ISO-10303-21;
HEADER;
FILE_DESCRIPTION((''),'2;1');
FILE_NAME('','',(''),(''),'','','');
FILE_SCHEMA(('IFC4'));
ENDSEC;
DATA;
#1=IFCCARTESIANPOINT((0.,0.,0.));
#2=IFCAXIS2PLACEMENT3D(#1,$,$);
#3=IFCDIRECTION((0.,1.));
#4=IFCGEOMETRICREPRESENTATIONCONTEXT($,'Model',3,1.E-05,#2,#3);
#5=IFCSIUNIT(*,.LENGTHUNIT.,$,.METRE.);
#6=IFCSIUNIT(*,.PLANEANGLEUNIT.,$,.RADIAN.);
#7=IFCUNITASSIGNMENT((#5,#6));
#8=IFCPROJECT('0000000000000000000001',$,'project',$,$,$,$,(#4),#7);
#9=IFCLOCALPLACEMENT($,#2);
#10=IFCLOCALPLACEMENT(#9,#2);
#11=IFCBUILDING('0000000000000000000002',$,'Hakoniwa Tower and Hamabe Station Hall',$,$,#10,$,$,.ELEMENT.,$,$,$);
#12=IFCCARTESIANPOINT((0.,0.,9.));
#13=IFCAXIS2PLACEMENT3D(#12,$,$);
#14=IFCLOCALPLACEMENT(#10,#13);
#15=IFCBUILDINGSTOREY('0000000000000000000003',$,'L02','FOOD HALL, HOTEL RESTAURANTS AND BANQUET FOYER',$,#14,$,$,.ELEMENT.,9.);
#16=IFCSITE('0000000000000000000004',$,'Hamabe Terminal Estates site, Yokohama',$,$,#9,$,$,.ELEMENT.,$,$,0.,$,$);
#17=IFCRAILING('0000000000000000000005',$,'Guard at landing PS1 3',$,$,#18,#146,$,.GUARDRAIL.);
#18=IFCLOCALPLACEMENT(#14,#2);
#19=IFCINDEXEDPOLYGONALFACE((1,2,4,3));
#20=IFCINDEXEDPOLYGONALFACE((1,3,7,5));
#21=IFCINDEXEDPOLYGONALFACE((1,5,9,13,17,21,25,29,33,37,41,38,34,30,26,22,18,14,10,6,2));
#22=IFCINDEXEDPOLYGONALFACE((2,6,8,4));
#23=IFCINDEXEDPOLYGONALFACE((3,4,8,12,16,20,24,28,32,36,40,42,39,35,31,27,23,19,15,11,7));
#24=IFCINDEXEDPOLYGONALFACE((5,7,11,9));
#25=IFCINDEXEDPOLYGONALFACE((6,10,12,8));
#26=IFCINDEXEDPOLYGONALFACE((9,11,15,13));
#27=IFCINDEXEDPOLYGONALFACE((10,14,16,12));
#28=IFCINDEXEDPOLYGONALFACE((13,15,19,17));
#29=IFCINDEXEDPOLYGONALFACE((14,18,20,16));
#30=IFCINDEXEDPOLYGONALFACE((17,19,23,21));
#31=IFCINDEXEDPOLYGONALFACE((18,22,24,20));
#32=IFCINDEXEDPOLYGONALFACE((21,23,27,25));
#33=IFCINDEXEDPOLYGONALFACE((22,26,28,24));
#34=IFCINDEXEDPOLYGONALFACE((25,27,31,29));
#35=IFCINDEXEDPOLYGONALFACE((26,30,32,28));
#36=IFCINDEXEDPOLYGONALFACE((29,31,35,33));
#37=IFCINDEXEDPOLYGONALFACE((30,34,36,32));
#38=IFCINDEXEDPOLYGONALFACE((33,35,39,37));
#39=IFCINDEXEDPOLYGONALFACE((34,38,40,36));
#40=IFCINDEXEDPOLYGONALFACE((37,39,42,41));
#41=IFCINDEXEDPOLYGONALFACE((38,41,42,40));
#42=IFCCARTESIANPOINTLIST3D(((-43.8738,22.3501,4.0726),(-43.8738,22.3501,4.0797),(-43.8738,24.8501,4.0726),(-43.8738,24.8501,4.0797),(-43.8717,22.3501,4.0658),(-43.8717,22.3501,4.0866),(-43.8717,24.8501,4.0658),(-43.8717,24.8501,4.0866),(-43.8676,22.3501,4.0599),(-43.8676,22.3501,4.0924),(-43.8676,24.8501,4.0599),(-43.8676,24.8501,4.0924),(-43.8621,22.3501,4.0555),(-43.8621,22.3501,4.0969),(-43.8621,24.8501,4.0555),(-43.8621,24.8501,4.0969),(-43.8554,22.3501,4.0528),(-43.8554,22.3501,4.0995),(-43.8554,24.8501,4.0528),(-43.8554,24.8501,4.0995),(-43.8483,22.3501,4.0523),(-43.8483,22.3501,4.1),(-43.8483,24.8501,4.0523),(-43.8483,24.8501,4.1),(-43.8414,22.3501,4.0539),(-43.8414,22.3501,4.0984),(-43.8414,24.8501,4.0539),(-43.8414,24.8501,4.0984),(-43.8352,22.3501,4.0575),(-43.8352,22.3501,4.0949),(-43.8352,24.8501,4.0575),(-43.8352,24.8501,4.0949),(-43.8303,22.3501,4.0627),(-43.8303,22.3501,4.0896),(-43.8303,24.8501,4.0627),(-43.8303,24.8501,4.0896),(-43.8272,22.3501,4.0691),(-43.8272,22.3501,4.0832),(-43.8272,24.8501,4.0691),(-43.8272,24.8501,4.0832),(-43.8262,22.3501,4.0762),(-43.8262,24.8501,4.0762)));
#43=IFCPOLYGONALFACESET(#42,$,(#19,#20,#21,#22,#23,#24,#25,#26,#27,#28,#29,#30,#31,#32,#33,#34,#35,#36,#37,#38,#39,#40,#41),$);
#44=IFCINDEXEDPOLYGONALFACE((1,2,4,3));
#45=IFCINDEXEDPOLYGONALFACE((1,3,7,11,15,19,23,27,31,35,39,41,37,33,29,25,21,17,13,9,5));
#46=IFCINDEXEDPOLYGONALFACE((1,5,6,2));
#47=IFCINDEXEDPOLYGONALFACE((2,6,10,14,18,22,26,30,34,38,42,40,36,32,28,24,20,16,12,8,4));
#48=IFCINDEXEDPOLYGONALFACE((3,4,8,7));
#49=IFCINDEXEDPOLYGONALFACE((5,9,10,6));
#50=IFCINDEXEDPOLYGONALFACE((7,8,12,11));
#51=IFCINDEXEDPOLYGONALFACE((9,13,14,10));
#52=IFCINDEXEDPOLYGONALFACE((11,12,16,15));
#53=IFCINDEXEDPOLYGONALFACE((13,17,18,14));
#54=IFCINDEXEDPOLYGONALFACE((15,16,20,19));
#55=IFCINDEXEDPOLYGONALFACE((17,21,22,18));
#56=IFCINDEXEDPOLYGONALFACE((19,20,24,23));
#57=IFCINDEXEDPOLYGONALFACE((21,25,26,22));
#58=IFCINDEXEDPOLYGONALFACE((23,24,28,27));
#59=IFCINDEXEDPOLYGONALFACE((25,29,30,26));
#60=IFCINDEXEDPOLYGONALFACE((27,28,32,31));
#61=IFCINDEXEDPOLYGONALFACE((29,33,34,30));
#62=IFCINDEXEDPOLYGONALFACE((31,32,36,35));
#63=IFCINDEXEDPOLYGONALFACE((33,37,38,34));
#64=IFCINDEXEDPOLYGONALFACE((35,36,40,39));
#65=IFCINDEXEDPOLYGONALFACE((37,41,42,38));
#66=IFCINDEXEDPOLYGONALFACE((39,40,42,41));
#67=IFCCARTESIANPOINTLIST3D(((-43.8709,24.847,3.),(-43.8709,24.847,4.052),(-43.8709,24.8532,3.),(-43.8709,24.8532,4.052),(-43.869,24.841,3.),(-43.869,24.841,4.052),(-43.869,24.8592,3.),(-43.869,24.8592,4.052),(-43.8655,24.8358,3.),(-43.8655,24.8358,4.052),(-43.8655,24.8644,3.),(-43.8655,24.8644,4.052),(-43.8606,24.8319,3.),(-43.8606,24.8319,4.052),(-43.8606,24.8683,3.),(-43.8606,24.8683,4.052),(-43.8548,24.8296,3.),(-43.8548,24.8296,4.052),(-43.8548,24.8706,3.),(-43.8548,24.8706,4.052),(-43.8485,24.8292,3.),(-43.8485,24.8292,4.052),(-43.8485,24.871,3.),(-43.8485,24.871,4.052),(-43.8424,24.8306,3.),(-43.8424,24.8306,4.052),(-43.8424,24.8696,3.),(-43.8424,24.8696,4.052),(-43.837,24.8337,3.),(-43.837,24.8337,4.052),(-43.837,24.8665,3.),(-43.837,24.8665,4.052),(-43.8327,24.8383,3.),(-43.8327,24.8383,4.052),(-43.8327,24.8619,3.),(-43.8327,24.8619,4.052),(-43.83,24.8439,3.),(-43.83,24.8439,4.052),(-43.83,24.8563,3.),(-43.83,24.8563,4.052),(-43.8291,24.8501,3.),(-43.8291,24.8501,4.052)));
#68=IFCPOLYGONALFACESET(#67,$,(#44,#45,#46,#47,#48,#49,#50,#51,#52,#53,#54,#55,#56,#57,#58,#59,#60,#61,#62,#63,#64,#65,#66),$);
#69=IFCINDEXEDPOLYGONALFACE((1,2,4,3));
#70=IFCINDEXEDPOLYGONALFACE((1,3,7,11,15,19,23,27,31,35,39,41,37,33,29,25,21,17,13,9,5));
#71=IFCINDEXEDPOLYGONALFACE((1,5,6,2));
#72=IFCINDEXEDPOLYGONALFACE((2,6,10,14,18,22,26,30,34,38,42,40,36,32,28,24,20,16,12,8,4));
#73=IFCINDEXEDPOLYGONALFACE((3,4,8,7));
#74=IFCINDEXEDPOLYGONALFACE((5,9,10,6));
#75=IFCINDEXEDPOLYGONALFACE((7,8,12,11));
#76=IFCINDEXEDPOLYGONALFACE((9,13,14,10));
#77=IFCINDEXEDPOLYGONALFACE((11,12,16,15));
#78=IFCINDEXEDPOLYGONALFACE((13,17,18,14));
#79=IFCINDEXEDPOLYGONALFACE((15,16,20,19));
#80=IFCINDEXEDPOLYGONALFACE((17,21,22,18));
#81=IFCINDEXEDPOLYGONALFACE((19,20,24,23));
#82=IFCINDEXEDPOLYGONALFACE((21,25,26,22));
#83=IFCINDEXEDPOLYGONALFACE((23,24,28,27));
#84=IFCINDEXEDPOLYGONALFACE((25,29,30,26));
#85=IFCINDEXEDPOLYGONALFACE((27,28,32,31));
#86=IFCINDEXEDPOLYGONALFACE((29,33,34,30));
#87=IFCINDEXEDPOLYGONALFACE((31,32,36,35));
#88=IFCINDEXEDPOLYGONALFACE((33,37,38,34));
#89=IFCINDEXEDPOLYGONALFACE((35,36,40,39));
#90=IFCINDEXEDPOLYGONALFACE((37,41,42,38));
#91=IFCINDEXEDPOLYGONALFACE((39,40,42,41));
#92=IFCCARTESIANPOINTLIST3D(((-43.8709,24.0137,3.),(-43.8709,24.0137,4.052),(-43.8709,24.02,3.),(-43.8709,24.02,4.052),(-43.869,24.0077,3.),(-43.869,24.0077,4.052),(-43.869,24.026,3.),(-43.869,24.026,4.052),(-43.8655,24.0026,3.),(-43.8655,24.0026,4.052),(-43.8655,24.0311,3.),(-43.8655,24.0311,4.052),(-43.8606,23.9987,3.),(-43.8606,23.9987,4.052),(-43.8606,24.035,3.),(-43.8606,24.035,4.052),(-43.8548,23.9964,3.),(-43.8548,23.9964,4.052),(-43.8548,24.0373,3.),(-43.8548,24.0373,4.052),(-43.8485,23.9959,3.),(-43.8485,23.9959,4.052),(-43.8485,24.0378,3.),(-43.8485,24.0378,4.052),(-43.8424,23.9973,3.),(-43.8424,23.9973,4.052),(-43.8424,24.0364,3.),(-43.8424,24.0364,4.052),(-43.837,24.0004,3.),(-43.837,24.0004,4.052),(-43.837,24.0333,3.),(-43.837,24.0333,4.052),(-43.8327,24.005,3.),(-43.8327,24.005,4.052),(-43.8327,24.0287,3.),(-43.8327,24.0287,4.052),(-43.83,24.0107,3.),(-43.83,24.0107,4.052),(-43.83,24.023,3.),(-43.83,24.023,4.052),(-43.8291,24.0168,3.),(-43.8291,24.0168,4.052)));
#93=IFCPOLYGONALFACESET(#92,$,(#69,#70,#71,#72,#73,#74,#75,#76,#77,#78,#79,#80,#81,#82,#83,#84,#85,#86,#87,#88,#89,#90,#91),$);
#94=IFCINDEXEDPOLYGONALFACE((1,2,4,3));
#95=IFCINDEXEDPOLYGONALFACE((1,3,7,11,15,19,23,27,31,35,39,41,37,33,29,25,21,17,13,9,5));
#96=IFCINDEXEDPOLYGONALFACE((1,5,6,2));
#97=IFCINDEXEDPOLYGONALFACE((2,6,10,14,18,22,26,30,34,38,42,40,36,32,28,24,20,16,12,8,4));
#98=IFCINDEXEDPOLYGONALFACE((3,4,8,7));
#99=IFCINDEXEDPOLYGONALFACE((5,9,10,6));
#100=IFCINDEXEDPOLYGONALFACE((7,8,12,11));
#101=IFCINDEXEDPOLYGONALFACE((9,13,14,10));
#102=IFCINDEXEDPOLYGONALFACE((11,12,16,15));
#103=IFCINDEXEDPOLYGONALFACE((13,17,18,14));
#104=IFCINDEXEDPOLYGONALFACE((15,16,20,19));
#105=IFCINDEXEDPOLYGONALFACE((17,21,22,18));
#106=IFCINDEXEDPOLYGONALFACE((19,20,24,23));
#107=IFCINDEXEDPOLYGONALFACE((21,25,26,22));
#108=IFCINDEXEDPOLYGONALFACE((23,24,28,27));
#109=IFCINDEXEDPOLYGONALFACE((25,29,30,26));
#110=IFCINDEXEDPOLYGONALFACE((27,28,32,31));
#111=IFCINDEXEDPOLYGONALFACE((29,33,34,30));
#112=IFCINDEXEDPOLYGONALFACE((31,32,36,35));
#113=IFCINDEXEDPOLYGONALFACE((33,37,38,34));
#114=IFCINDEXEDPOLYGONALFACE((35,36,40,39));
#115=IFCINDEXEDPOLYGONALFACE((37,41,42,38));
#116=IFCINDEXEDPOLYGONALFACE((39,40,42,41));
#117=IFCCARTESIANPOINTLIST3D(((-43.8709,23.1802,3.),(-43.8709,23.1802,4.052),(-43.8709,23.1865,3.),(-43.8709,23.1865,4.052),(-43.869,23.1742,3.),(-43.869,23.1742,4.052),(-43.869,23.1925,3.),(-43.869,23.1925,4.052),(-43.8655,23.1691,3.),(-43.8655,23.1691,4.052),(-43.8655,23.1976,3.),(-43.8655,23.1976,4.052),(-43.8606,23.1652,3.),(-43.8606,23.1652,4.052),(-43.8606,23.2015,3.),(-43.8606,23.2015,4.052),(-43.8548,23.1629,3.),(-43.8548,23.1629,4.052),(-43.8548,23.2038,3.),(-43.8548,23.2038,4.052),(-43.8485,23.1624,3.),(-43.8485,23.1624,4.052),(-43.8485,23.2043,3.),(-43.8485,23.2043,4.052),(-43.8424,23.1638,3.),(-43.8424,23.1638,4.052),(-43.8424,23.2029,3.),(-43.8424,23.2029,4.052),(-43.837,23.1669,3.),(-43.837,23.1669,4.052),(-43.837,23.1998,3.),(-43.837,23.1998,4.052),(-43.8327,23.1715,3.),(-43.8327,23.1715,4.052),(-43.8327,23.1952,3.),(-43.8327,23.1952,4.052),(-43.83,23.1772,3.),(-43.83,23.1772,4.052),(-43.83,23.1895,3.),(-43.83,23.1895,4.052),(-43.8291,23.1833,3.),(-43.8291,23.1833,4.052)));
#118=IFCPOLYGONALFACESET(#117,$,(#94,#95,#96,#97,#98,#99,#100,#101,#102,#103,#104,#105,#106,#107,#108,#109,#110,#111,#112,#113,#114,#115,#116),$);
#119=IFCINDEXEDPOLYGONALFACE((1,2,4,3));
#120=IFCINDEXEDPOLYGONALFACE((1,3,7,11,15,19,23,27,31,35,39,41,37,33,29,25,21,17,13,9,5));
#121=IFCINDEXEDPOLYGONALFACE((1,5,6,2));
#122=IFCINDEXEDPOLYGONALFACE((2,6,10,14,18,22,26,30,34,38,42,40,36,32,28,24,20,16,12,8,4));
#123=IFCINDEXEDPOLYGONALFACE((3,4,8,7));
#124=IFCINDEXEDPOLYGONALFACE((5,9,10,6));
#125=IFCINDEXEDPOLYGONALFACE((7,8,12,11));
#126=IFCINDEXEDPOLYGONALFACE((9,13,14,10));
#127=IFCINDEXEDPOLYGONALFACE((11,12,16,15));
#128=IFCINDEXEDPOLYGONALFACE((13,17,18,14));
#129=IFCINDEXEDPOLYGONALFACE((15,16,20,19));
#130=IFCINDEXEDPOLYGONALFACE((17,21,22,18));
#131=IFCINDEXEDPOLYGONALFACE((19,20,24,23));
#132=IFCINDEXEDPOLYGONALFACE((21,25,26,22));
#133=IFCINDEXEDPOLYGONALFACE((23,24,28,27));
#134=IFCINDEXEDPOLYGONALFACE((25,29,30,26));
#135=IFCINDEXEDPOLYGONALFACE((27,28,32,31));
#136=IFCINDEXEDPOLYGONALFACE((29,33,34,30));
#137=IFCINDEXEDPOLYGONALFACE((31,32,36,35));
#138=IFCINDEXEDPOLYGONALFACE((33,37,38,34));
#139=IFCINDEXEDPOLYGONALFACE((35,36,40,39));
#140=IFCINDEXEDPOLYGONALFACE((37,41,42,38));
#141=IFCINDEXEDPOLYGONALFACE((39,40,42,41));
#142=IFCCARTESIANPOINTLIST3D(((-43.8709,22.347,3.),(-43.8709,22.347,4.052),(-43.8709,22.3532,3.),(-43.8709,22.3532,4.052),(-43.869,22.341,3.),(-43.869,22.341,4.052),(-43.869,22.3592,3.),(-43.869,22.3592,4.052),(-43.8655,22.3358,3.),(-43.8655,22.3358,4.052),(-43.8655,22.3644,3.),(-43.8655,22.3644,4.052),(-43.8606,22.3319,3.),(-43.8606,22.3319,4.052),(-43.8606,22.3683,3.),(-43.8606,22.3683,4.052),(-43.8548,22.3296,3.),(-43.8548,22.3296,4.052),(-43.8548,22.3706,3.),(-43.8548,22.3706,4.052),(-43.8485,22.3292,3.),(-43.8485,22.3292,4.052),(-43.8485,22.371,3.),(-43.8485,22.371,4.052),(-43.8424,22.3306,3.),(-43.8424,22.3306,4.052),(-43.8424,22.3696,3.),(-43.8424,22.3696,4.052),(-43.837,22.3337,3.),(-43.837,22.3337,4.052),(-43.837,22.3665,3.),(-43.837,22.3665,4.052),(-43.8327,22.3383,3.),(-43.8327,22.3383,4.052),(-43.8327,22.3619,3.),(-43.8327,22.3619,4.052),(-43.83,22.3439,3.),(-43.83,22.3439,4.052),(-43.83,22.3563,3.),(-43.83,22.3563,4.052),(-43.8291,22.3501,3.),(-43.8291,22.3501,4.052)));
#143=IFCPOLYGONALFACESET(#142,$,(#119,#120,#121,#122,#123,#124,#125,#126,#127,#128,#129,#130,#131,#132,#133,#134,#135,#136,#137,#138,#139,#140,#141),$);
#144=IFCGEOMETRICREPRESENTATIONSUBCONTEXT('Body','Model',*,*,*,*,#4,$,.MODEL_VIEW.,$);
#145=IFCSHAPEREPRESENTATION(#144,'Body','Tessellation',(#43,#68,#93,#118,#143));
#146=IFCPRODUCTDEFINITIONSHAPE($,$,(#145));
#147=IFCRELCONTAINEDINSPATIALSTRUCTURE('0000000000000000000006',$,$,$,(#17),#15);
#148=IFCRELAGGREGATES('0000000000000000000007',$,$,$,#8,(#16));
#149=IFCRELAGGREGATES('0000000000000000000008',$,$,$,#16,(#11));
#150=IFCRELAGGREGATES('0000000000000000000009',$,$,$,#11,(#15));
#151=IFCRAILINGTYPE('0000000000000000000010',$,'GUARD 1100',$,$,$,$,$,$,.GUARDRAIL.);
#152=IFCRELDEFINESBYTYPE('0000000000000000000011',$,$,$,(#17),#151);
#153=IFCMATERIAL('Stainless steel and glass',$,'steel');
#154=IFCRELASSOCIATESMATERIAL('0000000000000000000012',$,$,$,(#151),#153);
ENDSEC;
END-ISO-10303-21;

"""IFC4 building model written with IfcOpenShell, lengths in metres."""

from ifc_helpers import new_model, si_unit, direction, frame, origin, origin_2d, place, context, subcontext, project, spatial, circle, extrude, material, type_object, element, save


model = new_model("IFC4")

# Units and contexts
model_context = context("Model", 3, precision=1e-05, world=origin(), true_north=direction((0.0, 1.0)))
body_context = subcontext(model_context, "Body", "Model", "MODEL_VIEW")
ifc_project = project(units=[si_unit("LENGTHUNIT", "METRE"), si_unit("PLANEANGLEUNIT", "RADIAN")], contexts=[model_context])

# Site, building, storey
site_placement = place(None, origin())
site = spatial("IfcSite", under=ifc_project, at=site_placement, Name="Hamabe Terminal Estates site, Yokohama", CompositionType="ELEMENT", RefElevation=0.0)
building_placement = place(site_placement, origin())
building = spatial("IfcBuilding", under=site, at=building_placement, Name="Hakoniwa Tower and Hamabe Station Hall", CompositionType="ELEMENT")
storey_placement = place(building_placement, frame((0.0, 0.0, 9.0)))
storey = spatial("IfcBuildingStorey", under=building, at=storey_placement, Name="L02", Description="FOOD HALL, HOTEL RESTAURANTS AND BANQUET FOYER", CompositionType="ELEMENT", Elevation=9.0)

# Railing
ifc_material_1 = material(Name="Stainless steel and glass", Category="steel")
railing_type_1 = type_object("IfcRailingType", Name="GUARD 1100", PredefinedType="GUARDRAIL", material=ifc_material_1)
railing_1_placement = place(storey_placement, frame((-43.8501, 24.8501, 3.0)))
element("IfcRailing", 1, at=railing_1_placement, inside=storey, type_object=railing_type_1, Name="Guard at landing PS1 3", PredefinedType="GUARDRAIL", context=body_context, shape_type="SweptSolid", body=[
    extrude(circle(Radius=0.0239, at=origin_2d()), frame((0.0, 0.0, 1.0762), z_axis=(0.0, -1.0, 0.0), x_axis=(1.0, 0.0, 0.0)), (0.0, 0.0, 1.0), 2.5),
    extrude(circle(Radius=0.021, at=origin_2d()), origin(), (0.0, 0.0, 1.0), 1.052),
    extrude(circle(Radius=0.021, at=origin_2d()), frame((0.0, -0.8333, 0.0)), (0.0, 0.0, 1.0), 1.052),
    extrude(circle(Radius=0.021, at=origin_2d()), frame((0.0, -1.6667, 0.0)), (0.0, 0.0, 1.0), 1.052),
    extrude(circle(Radius=0.021, at=origin_2d()), frame((0.0, -2.5, 0.0)), (0.0, 0.0, 1.0), 1.052),
])

save(model, "model.ifc")
